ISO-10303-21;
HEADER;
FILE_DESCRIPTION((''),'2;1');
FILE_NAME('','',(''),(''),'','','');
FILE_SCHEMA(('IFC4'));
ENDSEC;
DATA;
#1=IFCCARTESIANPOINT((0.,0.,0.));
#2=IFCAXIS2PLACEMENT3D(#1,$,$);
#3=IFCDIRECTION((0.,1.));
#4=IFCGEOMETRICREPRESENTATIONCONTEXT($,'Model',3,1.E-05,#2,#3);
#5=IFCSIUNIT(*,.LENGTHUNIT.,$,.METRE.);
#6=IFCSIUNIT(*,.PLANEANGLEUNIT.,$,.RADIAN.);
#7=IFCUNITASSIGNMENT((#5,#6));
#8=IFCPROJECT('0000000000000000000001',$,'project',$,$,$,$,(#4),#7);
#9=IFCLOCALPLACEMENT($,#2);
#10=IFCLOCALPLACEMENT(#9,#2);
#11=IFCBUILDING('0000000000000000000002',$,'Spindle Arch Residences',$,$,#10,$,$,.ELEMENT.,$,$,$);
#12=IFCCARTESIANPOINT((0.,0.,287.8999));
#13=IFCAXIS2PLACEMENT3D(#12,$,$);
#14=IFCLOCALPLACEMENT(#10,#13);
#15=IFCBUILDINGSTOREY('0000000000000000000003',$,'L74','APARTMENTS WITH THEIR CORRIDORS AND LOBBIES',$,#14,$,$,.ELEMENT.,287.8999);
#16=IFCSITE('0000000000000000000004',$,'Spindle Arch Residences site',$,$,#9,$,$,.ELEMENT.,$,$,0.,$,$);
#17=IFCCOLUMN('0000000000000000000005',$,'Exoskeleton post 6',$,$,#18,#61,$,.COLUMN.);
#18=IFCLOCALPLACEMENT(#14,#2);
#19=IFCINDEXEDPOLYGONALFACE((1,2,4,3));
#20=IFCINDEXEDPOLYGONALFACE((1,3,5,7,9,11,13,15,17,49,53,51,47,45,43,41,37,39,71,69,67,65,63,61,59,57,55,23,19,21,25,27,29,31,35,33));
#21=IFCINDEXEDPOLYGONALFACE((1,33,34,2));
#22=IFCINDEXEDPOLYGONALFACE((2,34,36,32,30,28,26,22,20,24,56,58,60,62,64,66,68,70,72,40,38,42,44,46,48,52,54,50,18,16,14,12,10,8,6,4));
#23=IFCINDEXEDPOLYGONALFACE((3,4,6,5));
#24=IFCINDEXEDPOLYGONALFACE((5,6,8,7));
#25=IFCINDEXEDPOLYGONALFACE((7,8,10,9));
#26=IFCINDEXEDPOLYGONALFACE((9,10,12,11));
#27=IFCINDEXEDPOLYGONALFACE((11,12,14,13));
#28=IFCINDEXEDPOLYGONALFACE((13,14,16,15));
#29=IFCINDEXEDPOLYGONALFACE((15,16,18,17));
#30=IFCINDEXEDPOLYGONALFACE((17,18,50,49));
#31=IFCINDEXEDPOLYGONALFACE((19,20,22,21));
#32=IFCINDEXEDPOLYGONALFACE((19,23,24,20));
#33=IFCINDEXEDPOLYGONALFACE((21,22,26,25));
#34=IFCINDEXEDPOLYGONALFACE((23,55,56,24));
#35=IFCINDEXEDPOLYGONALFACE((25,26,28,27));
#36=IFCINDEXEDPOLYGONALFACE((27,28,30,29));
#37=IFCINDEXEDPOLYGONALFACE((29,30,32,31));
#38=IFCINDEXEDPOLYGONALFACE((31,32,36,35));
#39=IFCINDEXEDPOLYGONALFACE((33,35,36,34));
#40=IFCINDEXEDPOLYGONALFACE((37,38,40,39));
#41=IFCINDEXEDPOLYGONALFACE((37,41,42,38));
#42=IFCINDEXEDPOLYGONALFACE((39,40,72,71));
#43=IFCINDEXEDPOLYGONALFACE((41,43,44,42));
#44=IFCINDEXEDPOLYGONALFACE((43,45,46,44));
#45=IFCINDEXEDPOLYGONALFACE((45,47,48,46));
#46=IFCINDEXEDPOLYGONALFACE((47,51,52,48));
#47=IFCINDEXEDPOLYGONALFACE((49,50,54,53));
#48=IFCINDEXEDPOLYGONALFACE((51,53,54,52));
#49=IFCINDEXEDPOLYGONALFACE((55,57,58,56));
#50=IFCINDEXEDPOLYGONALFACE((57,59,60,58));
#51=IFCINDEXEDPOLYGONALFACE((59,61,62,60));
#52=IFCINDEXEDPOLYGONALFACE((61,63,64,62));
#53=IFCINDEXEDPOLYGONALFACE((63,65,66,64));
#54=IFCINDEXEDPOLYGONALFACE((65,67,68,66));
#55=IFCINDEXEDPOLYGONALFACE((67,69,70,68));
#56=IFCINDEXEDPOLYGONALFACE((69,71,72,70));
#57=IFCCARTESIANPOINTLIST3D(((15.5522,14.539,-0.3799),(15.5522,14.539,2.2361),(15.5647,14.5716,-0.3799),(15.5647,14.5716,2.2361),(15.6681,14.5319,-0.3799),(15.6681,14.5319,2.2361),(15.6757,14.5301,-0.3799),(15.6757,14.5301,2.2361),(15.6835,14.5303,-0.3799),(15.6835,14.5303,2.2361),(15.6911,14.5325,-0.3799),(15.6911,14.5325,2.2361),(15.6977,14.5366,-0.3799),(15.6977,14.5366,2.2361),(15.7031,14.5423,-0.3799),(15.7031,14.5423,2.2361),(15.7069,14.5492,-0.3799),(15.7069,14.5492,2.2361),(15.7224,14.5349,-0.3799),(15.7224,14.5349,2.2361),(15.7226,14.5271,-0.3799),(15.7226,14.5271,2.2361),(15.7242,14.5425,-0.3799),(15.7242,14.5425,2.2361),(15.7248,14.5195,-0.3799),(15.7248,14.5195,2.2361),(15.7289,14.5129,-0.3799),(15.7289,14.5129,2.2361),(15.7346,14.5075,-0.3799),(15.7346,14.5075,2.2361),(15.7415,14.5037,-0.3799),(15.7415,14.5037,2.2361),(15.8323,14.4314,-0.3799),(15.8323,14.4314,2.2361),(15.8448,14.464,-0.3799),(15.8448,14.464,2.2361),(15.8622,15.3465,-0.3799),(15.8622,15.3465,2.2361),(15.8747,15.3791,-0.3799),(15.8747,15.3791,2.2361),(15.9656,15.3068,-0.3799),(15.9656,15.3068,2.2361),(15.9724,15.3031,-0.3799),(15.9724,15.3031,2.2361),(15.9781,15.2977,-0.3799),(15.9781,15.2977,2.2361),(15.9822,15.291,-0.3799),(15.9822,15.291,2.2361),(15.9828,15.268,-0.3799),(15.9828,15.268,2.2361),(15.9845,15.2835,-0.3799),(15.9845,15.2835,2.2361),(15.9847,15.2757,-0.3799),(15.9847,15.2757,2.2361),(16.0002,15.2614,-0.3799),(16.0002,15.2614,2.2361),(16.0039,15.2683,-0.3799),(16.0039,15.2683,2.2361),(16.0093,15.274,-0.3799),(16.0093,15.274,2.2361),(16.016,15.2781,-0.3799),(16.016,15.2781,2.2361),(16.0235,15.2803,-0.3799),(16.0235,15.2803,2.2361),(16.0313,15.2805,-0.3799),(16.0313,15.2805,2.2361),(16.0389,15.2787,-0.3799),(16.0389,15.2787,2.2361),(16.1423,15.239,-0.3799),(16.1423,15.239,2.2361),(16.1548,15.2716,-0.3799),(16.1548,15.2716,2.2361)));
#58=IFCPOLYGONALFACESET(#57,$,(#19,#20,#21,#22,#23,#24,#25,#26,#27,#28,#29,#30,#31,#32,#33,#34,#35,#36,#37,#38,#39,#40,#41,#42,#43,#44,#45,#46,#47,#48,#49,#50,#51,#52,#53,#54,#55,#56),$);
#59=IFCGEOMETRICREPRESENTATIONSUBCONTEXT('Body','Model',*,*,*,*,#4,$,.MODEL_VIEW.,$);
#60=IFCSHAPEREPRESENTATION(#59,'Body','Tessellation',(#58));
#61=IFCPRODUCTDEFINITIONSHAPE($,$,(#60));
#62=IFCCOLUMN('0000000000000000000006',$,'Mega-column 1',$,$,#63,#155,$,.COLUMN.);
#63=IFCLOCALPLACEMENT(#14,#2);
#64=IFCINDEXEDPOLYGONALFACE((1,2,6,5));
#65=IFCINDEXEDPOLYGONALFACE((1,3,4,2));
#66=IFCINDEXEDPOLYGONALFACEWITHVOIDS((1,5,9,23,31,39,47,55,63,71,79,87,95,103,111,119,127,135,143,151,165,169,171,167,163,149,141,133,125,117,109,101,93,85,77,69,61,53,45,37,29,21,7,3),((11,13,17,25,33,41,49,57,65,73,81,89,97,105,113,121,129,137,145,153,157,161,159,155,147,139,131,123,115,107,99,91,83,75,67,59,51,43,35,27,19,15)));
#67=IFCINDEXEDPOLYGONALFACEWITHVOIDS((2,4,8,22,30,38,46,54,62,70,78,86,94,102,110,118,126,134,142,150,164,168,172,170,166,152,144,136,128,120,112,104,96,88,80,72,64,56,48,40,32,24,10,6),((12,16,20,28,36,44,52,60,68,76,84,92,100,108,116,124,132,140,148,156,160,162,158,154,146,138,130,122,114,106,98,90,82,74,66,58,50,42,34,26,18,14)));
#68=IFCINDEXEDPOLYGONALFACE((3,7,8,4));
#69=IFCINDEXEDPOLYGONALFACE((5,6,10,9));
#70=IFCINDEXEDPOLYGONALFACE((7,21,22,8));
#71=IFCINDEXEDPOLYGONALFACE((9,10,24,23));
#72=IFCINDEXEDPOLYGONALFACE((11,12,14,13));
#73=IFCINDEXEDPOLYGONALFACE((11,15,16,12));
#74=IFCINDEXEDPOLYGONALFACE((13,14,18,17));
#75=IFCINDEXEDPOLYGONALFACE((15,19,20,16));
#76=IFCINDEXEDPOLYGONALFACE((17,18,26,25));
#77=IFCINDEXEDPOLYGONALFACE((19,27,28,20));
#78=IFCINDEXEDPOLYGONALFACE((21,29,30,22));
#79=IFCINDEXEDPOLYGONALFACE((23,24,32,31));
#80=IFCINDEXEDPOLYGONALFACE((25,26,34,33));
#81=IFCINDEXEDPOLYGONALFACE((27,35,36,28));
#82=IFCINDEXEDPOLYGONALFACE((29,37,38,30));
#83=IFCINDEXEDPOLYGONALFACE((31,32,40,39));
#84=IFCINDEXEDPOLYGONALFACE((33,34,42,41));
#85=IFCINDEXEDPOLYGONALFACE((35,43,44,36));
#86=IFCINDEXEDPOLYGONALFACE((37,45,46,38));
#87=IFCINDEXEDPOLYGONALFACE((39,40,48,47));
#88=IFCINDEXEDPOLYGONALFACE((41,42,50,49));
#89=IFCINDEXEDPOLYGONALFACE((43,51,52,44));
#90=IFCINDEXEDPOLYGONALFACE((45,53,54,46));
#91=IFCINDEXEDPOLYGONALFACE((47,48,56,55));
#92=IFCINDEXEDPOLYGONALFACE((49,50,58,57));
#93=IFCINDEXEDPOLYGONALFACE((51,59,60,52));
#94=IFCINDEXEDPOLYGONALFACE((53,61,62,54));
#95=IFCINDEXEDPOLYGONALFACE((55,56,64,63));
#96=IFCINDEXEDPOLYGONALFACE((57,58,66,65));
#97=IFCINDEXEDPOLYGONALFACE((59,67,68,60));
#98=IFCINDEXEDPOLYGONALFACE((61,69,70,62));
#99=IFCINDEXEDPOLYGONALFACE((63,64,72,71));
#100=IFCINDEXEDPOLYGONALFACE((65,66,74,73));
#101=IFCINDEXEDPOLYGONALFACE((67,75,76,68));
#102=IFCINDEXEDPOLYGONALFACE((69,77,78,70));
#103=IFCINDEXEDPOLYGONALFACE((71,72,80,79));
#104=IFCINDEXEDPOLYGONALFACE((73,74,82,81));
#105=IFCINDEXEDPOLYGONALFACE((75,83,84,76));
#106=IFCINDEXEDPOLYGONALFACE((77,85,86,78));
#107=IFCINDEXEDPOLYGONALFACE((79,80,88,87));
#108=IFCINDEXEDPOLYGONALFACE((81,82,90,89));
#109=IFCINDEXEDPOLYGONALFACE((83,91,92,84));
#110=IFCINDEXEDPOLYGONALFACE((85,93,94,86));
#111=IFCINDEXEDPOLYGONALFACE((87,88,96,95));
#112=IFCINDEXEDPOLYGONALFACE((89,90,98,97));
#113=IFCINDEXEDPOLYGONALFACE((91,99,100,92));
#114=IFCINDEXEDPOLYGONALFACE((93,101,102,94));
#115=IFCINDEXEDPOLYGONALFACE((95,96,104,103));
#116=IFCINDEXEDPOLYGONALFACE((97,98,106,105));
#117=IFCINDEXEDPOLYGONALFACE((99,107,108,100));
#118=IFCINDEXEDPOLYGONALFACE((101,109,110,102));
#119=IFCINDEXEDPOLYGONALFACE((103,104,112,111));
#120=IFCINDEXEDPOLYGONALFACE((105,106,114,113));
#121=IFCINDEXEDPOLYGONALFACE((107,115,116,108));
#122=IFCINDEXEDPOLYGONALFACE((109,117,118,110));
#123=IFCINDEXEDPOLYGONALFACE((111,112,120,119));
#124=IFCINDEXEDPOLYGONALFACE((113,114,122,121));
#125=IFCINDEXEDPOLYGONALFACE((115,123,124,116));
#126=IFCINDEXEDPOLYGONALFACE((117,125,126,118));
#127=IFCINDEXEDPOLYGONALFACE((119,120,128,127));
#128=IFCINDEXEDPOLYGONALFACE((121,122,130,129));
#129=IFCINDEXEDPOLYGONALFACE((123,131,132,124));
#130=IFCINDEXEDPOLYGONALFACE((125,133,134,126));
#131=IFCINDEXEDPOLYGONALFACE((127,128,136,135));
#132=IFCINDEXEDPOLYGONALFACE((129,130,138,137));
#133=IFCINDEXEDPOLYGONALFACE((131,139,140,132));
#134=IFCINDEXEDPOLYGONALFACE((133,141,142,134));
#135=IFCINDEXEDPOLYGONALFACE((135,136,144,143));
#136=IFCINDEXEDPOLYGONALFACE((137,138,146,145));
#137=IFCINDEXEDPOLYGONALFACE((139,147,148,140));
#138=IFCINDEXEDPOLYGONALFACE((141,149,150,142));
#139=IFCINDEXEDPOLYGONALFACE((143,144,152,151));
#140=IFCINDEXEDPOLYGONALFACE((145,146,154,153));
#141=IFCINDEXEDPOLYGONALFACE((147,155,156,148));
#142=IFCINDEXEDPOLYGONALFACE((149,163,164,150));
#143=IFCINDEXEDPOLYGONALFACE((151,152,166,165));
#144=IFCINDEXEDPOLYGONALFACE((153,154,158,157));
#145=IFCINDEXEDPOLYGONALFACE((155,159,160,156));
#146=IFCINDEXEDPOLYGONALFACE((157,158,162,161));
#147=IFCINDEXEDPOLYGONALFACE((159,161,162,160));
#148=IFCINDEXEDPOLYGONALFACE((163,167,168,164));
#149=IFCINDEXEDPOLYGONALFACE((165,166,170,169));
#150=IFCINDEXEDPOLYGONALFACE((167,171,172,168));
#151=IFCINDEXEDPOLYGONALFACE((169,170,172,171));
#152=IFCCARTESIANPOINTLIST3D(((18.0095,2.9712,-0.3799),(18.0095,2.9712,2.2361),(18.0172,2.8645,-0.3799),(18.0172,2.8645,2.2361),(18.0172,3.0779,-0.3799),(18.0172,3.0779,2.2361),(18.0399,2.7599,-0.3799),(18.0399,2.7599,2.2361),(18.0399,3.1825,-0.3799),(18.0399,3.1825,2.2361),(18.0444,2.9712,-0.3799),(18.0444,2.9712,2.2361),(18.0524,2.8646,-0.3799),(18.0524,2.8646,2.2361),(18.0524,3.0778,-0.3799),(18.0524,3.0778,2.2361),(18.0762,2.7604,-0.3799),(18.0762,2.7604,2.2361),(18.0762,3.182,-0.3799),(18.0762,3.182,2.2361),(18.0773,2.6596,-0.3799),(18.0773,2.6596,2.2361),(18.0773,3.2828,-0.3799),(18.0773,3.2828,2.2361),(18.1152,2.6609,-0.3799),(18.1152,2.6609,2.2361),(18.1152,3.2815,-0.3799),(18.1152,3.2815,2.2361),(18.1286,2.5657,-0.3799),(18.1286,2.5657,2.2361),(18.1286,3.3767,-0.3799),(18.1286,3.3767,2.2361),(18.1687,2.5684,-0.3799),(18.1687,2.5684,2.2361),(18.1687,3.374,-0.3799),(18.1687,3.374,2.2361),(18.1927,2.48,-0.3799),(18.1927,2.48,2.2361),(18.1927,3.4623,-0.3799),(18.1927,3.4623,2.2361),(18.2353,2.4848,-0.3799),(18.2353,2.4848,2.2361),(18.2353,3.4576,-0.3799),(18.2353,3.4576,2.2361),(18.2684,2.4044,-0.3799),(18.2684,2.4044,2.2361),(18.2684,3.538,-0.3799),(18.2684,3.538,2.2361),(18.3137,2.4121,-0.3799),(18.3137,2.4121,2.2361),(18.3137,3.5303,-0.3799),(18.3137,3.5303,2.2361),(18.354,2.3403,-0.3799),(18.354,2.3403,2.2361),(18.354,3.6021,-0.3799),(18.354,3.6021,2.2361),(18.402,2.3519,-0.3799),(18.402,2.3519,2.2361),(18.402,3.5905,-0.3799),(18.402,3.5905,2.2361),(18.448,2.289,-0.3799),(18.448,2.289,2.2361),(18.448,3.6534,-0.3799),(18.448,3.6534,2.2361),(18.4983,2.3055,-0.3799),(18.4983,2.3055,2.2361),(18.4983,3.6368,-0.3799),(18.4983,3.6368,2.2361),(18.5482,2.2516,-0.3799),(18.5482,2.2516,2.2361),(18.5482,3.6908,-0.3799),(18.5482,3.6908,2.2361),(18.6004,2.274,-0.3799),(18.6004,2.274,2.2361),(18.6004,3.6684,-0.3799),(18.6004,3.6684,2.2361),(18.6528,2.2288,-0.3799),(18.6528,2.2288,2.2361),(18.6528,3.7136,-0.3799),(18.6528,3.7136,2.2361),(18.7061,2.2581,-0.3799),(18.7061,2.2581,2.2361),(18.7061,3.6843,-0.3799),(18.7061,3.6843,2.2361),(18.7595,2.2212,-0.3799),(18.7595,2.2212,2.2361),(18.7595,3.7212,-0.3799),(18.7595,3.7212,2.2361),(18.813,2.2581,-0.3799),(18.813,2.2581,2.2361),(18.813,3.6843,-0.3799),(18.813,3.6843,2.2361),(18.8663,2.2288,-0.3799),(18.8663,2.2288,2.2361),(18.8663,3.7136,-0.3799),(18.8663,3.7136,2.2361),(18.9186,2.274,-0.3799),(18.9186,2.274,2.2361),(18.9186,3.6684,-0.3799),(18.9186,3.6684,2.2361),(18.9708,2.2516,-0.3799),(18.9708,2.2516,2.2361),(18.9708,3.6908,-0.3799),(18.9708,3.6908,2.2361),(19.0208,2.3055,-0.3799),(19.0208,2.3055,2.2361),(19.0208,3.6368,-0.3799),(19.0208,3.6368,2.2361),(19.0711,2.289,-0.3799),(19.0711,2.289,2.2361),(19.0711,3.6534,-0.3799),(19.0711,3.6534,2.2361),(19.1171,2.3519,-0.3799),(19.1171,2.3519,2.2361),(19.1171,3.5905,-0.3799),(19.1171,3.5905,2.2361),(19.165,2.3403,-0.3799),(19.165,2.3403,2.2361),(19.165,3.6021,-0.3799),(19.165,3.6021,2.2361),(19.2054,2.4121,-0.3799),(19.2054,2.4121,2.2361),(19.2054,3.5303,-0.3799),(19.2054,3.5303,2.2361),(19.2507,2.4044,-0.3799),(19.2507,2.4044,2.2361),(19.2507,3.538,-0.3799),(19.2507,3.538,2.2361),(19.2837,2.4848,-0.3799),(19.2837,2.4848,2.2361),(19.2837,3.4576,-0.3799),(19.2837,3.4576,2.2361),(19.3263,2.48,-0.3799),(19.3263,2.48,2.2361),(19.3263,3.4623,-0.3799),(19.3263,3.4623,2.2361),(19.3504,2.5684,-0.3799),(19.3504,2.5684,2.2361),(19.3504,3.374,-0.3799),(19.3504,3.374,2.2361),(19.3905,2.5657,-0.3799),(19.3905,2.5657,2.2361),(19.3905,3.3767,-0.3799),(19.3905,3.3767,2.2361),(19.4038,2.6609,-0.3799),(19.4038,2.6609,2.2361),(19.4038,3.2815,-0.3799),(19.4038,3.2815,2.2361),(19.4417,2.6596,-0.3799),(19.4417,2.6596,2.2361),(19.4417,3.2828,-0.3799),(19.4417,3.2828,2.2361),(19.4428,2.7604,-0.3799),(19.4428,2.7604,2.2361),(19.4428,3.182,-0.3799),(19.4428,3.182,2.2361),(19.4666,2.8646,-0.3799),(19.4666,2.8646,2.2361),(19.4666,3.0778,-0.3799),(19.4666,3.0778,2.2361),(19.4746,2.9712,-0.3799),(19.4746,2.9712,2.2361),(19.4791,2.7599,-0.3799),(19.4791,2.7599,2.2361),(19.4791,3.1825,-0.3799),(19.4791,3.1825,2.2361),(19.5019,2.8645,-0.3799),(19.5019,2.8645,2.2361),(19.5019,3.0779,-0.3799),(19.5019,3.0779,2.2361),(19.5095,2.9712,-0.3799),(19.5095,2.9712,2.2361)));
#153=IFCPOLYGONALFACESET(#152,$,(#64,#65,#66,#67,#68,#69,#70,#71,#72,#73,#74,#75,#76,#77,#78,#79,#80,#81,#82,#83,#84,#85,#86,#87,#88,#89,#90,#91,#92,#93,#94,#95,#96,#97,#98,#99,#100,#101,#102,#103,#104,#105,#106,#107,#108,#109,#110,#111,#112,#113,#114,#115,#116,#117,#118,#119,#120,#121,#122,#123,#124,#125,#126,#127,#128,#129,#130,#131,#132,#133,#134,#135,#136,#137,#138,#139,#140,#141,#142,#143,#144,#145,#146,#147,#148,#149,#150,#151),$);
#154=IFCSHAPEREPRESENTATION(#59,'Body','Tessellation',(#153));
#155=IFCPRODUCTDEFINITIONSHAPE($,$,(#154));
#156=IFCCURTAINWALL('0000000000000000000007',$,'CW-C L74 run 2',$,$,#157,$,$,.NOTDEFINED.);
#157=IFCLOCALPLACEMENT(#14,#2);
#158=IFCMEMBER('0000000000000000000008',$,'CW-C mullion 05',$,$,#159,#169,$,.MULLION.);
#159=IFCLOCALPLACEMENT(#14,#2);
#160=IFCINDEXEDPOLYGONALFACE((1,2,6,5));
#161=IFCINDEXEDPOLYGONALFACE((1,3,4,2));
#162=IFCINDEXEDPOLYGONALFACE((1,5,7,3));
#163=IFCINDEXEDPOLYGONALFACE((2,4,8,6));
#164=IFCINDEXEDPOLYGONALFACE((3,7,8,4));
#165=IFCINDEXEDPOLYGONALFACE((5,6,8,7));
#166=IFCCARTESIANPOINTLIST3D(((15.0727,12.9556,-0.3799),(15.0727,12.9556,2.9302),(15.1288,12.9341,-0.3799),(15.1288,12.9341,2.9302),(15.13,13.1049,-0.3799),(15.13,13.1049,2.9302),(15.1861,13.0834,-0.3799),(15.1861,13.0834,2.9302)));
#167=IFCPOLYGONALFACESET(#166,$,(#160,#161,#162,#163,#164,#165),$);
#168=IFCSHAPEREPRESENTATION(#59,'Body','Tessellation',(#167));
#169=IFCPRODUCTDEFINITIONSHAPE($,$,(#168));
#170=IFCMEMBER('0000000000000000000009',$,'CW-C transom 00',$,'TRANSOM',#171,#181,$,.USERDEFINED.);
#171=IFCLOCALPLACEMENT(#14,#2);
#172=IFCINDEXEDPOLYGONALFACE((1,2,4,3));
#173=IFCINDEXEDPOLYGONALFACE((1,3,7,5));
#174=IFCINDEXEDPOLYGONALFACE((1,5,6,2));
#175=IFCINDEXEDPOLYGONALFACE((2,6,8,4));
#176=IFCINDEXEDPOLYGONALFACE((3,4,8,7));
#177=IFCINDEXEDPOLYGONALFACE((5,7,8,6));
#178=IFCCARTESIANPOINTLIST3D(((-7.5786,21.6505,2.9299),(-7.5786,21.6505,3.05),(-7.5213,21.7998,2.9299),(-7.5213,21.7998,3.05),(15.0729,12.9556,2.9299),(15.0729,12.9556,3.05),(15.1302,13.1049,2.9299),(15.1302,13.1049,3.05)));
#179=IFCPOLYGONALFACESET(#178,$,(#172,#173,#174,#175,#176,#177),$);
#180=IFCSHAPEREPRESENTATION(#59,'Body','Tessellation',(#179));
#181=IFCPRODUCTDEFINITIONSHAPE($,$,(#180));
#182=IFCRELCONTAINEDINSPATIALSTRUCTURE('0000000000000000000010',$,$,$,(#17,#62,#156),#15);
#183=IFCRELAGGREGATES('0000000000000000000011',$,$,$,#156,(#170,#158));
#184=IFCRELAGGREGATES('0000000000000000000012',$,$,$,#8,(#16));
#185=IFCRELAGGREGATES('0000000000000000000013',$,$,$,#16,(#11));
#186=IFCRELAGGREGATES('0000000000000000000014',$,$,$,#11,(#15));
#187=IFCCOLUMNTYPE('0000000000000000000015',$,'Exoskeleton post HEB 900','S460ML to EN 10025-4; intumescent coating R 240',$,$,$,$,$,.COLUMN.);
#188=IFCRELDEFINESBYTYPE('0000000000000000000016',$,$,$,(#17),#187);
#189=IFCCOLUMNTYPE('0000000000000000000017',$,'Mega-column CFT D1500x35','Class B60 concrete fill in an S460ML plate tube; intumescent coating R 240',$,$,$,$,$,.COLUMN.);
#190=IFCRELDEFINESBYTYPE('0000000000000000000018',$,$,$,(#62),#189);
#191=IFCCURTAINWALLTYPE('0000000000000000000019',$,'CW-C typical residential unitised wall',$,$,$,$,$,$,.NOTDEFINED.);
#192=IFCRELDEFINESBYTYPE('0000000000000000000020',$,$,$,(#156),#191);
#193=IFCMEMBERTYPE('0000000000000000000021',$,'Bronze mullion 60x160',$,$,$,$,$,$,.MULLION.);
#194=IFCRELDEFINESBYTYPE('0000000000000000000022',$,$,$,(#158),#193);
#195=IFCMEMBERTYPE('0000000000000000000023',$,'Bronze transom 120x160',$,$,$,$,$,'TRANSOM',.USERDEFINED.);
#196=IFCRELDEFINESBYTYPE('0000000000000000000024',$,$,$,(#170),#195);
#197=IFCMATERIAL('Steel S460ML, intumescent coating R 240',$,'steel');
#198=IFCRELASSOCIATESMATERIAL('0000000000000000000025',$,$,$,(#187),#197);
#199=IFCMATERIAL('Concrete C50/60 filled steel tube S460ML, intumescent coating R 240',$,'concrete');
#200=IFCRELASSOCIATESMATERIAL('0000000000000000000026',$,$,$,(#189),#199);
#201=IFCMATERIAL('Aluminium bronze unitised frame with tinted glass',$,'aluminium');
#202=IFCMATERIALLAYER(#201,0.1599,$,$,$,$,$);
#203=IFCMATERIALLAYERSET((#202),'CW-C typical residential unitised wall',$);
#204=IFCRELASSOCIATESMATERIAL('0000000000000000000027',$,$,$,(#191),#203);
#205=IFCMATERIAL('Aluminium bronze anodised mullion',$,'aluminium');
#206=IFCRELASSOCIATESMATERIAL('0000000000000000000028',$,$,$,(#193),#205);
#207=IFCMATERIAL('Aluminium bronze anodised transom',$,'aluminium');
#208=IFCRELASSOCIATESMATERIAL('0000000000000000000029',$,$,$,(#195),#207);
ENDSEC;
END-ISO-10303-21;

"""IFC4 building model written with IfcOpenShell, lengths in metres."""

from ifc_helpers import new_model, si_unit, direction, frame, origin, origin_2d, place, context, subcontext, project, spatial, rectangle, hollow_circle, i_section, extrude, material, layer, layer_set, material_profile, profile_set, type_object, element, aggregate, save


model = new_model("IFC4")

# Units and contexts
model_context = context("Model", 3, precision=1e-05, world=origin(), true_north=direction((0.0, 1.0)))
body_context = subcontext(model_context, "Body", "Model", "MODEL_VIEW")
ifc_project = project(units=[si_unit("LENGTHUNIT", "METRE"), si_unit("PLANEANGLEUNIT", "RADIAN")], contexts=[model_context])

# Site, building, storey
site_placement = place(None, origin())
site = spatial("IfcSite", under=ifc_project, at=site_placement, Name="Spindle Arch Residences site", CompositionType="ELEMENT", RefElevation=0.0)
building_placement = place(site_placement, origin())
building = spatial("IfcBuilding", under=site, at=building_placement, Name="Spindle Arch Residences", CompositionType="ELEMENT")
storey_placement = place(building_placement, frame((0.0, 0.0, 287.8999)))
storey = spatial("IfcBuildingStorey", under=building, at=storey_placement, Name="L74", Description="APARTMENTS WITH THEIR CORRIDORS AND LOBBIES", CompositionType="ELEMENT", Elevation=287.8999)

# Columns
ifc_material_1 = material(Name="Steel S460ML, intumescent coating R 240", Category="steel")
ifc_material_profile_1 = material_profile(ifc_material_1, i_section(OverallWidth=0.3, OverallDepth=0.8999, WebThickness=0.0186, FlangeThickness=0.0349, FilletRadius=0.03, at=origin_2d()), Name="HEB 900")
ifc_profile_set_1 = profile_set([ifc_material_profile_1], Name="Steel S460ML, intumescent coating R 240")
column_type_1 = type_object("IfcColumnType", Name="Exoskeleton post HEB 900", Description="S460ML to EN 10025-4; intumescent coating R 240", PredefinedType="COLUMN", material=ifc_profile_set_1)
column_1_placement = place(storey_placement, frame((15.8535, 14.9053, -0.3799), z_axis=(0.0, 0.0, 1.0), x_axis=(0.93358, -0.358368, 0.0)))
element("IfcColumn", 1, at=column_1_placement, inside=storey, type_object=column_type_1, Name="Exoskeleton post 6", PredefinedType="COLUMN", context=body_context, shape_type="SweptSolid", body=[
    extrude(i_section(OverallWidth=0.3, OverallDepth=0.8999, WebThickness=0.0186, FlangeThickness=0.0349, FilletRadius=0.03, at=origin_2d()), origin(), (0.0, 0.0, 1.0), 2.616),
])
ifc_material_2 = material(Name="Concrete C50/60 filled steel tube S460ML, intumescent coating R 240", Category="concrete")
ifc_material_profile_2 = material_profile(ifc_material_2, hollow_circle(Radius=0.75, WallThickness=0.0349, at=origin_2d()), Name="CFT D1500x35")
ifc_profile_set_2 = profile_set([ifc_material_profile_2], Name="Concrete C50/60 filled steel tube S460ML, intumescent coating R 240")
column_type_2 = type_object("IfcColumnType", Name="Mega-column CFT D1500x35", Description="Class B60 concrete fill in an S460ML plate tube; intumescent coating R 240", PredefinedType="COLUMN", material=ifc_profile_set_2)
column_2_placement = place(storey_placement, frame((18.7595, 2.9712, -0.3799), z_axis=(0.0, 0.0, 1.0), x_axis=(1.0, 0.0, 0.0)))
element("IfcColumn", 2, at=column_2_placement, inside=storey, type_object=column_type_2, Name="Mega-column 1", PredefinedType="COLUMN", context=body_context, shape_type="SweptSolid", body=[
    extrude(hollow_circle(Radius=0.75, WallThickness=0.0349, at=origin_2d()), origin(), (0.0, 0.0, 1.0), 2.616),
])

# Curtain wall, members
ifc_material_3 = material(Name="Aluminium bronze unitised frame with tinted glass", Category="aluminium")
ifc_layer_1 = layer(ifc_material_3, 0.1599)
ifc_layer_set_1 = layer_set([ifc_layer_1], Name="CW-C typical residential unitised wall")
curtain_wall_type_1 = type_object("IfcCurtainWallType", Name="CW-C typical residential unitised wall", PredefinedType="NOTDEFINED", material=ifc_layer_set_1)
curtain_wall_1_placement = place(storey_placement, origin())
curtain_wall_1 = element("IfcCurtainWall", 3, at=curtain_wall_1_placement, inside=storey, type_object=curtain_wall_type_1, Name="CW-C L74 run 2", PredefinedType="NOTDEFINED")
ifc_material_4 = material(Name="Aluminium bronze anodised mullion", Category="aluminium")
ifc_material_profile_3 = material_profile(ifc_material_4, rectangle(XDim=0.1599, YDim=0.0601, at=origin_2d()), Name="MU 60x160")
ifc_profile_set_3 = profile_set([ifc_material_profile_3], Name="Aluminium bronze anodised mullion")
member_type_1 = type_object("IfcMemberType", Name="Bronze mullion 60x160", PredefinedType="MULLION", material=ifc_profile_set_3)
member_1_placement = place(storey_placement, frame((15.1294, 13.0195, -0.3799), z_axis=(0.0, 0.0, 1.0), x_axis=(-0.358368, -0.93358, 0.0)))
member_1 = element("IfcMember", 4, at=member_1_placement, type_object=member_type_1, Name="CW-C mullion 05", PredefinedType="MULLION", context=body_context, shape_type="SweptSolid", body=[
    extrude(rectangle(XDim=0.1599, YDim=0.0601, at=origin_2d()), origin(), (0.0, 0.0, 1.0), 3.3101),
])
ifc_material_5 = material(Name="Aluminium bronze anodised transom", Category="aluminium")
ifc_material_profile_4 = material_profile(ifc_material_5, rectangle(XDim=0.1599, YDim=0.1201, at=origin_2d()), Name="TR 120x160")
ifc_profile_set_4 = profile_set([ifc_material_profile_4], Name="Aluminium bronze anodised transom")
member_type_2 = type_object("IfcMemberType", Name="Bronze transom 120x160", ElementType="TRANSOM", PredefinedType="USERDEFINED", material=ifc_profile_set_4)
member_2_placement = place(storey_placement, frame((15.1016, 13.0303, 2.99), z_axis=(-0.933583, 0.35836, 0.0), x_axis=(-0.35836, -0.933583, 0.0)))
member_2 = element("IfcMember", 5, at=member_2_placement, type_object=member_type_2, Name="CW-C transom 00", ObjectType="TRANSOM", PredefinedType="USERDEFINED", context=body_context, shape_type="SweptSolid", body=[
    extrude(rectangle(XDim=0.1599, YDim=0.1201, at=origin_2d()), origin(), (0.0, 0.0, 1.0), 24.2629),
])

aggregate(curtain_wall_1, [member_2, member_1])

save(model, "model.ifc")
